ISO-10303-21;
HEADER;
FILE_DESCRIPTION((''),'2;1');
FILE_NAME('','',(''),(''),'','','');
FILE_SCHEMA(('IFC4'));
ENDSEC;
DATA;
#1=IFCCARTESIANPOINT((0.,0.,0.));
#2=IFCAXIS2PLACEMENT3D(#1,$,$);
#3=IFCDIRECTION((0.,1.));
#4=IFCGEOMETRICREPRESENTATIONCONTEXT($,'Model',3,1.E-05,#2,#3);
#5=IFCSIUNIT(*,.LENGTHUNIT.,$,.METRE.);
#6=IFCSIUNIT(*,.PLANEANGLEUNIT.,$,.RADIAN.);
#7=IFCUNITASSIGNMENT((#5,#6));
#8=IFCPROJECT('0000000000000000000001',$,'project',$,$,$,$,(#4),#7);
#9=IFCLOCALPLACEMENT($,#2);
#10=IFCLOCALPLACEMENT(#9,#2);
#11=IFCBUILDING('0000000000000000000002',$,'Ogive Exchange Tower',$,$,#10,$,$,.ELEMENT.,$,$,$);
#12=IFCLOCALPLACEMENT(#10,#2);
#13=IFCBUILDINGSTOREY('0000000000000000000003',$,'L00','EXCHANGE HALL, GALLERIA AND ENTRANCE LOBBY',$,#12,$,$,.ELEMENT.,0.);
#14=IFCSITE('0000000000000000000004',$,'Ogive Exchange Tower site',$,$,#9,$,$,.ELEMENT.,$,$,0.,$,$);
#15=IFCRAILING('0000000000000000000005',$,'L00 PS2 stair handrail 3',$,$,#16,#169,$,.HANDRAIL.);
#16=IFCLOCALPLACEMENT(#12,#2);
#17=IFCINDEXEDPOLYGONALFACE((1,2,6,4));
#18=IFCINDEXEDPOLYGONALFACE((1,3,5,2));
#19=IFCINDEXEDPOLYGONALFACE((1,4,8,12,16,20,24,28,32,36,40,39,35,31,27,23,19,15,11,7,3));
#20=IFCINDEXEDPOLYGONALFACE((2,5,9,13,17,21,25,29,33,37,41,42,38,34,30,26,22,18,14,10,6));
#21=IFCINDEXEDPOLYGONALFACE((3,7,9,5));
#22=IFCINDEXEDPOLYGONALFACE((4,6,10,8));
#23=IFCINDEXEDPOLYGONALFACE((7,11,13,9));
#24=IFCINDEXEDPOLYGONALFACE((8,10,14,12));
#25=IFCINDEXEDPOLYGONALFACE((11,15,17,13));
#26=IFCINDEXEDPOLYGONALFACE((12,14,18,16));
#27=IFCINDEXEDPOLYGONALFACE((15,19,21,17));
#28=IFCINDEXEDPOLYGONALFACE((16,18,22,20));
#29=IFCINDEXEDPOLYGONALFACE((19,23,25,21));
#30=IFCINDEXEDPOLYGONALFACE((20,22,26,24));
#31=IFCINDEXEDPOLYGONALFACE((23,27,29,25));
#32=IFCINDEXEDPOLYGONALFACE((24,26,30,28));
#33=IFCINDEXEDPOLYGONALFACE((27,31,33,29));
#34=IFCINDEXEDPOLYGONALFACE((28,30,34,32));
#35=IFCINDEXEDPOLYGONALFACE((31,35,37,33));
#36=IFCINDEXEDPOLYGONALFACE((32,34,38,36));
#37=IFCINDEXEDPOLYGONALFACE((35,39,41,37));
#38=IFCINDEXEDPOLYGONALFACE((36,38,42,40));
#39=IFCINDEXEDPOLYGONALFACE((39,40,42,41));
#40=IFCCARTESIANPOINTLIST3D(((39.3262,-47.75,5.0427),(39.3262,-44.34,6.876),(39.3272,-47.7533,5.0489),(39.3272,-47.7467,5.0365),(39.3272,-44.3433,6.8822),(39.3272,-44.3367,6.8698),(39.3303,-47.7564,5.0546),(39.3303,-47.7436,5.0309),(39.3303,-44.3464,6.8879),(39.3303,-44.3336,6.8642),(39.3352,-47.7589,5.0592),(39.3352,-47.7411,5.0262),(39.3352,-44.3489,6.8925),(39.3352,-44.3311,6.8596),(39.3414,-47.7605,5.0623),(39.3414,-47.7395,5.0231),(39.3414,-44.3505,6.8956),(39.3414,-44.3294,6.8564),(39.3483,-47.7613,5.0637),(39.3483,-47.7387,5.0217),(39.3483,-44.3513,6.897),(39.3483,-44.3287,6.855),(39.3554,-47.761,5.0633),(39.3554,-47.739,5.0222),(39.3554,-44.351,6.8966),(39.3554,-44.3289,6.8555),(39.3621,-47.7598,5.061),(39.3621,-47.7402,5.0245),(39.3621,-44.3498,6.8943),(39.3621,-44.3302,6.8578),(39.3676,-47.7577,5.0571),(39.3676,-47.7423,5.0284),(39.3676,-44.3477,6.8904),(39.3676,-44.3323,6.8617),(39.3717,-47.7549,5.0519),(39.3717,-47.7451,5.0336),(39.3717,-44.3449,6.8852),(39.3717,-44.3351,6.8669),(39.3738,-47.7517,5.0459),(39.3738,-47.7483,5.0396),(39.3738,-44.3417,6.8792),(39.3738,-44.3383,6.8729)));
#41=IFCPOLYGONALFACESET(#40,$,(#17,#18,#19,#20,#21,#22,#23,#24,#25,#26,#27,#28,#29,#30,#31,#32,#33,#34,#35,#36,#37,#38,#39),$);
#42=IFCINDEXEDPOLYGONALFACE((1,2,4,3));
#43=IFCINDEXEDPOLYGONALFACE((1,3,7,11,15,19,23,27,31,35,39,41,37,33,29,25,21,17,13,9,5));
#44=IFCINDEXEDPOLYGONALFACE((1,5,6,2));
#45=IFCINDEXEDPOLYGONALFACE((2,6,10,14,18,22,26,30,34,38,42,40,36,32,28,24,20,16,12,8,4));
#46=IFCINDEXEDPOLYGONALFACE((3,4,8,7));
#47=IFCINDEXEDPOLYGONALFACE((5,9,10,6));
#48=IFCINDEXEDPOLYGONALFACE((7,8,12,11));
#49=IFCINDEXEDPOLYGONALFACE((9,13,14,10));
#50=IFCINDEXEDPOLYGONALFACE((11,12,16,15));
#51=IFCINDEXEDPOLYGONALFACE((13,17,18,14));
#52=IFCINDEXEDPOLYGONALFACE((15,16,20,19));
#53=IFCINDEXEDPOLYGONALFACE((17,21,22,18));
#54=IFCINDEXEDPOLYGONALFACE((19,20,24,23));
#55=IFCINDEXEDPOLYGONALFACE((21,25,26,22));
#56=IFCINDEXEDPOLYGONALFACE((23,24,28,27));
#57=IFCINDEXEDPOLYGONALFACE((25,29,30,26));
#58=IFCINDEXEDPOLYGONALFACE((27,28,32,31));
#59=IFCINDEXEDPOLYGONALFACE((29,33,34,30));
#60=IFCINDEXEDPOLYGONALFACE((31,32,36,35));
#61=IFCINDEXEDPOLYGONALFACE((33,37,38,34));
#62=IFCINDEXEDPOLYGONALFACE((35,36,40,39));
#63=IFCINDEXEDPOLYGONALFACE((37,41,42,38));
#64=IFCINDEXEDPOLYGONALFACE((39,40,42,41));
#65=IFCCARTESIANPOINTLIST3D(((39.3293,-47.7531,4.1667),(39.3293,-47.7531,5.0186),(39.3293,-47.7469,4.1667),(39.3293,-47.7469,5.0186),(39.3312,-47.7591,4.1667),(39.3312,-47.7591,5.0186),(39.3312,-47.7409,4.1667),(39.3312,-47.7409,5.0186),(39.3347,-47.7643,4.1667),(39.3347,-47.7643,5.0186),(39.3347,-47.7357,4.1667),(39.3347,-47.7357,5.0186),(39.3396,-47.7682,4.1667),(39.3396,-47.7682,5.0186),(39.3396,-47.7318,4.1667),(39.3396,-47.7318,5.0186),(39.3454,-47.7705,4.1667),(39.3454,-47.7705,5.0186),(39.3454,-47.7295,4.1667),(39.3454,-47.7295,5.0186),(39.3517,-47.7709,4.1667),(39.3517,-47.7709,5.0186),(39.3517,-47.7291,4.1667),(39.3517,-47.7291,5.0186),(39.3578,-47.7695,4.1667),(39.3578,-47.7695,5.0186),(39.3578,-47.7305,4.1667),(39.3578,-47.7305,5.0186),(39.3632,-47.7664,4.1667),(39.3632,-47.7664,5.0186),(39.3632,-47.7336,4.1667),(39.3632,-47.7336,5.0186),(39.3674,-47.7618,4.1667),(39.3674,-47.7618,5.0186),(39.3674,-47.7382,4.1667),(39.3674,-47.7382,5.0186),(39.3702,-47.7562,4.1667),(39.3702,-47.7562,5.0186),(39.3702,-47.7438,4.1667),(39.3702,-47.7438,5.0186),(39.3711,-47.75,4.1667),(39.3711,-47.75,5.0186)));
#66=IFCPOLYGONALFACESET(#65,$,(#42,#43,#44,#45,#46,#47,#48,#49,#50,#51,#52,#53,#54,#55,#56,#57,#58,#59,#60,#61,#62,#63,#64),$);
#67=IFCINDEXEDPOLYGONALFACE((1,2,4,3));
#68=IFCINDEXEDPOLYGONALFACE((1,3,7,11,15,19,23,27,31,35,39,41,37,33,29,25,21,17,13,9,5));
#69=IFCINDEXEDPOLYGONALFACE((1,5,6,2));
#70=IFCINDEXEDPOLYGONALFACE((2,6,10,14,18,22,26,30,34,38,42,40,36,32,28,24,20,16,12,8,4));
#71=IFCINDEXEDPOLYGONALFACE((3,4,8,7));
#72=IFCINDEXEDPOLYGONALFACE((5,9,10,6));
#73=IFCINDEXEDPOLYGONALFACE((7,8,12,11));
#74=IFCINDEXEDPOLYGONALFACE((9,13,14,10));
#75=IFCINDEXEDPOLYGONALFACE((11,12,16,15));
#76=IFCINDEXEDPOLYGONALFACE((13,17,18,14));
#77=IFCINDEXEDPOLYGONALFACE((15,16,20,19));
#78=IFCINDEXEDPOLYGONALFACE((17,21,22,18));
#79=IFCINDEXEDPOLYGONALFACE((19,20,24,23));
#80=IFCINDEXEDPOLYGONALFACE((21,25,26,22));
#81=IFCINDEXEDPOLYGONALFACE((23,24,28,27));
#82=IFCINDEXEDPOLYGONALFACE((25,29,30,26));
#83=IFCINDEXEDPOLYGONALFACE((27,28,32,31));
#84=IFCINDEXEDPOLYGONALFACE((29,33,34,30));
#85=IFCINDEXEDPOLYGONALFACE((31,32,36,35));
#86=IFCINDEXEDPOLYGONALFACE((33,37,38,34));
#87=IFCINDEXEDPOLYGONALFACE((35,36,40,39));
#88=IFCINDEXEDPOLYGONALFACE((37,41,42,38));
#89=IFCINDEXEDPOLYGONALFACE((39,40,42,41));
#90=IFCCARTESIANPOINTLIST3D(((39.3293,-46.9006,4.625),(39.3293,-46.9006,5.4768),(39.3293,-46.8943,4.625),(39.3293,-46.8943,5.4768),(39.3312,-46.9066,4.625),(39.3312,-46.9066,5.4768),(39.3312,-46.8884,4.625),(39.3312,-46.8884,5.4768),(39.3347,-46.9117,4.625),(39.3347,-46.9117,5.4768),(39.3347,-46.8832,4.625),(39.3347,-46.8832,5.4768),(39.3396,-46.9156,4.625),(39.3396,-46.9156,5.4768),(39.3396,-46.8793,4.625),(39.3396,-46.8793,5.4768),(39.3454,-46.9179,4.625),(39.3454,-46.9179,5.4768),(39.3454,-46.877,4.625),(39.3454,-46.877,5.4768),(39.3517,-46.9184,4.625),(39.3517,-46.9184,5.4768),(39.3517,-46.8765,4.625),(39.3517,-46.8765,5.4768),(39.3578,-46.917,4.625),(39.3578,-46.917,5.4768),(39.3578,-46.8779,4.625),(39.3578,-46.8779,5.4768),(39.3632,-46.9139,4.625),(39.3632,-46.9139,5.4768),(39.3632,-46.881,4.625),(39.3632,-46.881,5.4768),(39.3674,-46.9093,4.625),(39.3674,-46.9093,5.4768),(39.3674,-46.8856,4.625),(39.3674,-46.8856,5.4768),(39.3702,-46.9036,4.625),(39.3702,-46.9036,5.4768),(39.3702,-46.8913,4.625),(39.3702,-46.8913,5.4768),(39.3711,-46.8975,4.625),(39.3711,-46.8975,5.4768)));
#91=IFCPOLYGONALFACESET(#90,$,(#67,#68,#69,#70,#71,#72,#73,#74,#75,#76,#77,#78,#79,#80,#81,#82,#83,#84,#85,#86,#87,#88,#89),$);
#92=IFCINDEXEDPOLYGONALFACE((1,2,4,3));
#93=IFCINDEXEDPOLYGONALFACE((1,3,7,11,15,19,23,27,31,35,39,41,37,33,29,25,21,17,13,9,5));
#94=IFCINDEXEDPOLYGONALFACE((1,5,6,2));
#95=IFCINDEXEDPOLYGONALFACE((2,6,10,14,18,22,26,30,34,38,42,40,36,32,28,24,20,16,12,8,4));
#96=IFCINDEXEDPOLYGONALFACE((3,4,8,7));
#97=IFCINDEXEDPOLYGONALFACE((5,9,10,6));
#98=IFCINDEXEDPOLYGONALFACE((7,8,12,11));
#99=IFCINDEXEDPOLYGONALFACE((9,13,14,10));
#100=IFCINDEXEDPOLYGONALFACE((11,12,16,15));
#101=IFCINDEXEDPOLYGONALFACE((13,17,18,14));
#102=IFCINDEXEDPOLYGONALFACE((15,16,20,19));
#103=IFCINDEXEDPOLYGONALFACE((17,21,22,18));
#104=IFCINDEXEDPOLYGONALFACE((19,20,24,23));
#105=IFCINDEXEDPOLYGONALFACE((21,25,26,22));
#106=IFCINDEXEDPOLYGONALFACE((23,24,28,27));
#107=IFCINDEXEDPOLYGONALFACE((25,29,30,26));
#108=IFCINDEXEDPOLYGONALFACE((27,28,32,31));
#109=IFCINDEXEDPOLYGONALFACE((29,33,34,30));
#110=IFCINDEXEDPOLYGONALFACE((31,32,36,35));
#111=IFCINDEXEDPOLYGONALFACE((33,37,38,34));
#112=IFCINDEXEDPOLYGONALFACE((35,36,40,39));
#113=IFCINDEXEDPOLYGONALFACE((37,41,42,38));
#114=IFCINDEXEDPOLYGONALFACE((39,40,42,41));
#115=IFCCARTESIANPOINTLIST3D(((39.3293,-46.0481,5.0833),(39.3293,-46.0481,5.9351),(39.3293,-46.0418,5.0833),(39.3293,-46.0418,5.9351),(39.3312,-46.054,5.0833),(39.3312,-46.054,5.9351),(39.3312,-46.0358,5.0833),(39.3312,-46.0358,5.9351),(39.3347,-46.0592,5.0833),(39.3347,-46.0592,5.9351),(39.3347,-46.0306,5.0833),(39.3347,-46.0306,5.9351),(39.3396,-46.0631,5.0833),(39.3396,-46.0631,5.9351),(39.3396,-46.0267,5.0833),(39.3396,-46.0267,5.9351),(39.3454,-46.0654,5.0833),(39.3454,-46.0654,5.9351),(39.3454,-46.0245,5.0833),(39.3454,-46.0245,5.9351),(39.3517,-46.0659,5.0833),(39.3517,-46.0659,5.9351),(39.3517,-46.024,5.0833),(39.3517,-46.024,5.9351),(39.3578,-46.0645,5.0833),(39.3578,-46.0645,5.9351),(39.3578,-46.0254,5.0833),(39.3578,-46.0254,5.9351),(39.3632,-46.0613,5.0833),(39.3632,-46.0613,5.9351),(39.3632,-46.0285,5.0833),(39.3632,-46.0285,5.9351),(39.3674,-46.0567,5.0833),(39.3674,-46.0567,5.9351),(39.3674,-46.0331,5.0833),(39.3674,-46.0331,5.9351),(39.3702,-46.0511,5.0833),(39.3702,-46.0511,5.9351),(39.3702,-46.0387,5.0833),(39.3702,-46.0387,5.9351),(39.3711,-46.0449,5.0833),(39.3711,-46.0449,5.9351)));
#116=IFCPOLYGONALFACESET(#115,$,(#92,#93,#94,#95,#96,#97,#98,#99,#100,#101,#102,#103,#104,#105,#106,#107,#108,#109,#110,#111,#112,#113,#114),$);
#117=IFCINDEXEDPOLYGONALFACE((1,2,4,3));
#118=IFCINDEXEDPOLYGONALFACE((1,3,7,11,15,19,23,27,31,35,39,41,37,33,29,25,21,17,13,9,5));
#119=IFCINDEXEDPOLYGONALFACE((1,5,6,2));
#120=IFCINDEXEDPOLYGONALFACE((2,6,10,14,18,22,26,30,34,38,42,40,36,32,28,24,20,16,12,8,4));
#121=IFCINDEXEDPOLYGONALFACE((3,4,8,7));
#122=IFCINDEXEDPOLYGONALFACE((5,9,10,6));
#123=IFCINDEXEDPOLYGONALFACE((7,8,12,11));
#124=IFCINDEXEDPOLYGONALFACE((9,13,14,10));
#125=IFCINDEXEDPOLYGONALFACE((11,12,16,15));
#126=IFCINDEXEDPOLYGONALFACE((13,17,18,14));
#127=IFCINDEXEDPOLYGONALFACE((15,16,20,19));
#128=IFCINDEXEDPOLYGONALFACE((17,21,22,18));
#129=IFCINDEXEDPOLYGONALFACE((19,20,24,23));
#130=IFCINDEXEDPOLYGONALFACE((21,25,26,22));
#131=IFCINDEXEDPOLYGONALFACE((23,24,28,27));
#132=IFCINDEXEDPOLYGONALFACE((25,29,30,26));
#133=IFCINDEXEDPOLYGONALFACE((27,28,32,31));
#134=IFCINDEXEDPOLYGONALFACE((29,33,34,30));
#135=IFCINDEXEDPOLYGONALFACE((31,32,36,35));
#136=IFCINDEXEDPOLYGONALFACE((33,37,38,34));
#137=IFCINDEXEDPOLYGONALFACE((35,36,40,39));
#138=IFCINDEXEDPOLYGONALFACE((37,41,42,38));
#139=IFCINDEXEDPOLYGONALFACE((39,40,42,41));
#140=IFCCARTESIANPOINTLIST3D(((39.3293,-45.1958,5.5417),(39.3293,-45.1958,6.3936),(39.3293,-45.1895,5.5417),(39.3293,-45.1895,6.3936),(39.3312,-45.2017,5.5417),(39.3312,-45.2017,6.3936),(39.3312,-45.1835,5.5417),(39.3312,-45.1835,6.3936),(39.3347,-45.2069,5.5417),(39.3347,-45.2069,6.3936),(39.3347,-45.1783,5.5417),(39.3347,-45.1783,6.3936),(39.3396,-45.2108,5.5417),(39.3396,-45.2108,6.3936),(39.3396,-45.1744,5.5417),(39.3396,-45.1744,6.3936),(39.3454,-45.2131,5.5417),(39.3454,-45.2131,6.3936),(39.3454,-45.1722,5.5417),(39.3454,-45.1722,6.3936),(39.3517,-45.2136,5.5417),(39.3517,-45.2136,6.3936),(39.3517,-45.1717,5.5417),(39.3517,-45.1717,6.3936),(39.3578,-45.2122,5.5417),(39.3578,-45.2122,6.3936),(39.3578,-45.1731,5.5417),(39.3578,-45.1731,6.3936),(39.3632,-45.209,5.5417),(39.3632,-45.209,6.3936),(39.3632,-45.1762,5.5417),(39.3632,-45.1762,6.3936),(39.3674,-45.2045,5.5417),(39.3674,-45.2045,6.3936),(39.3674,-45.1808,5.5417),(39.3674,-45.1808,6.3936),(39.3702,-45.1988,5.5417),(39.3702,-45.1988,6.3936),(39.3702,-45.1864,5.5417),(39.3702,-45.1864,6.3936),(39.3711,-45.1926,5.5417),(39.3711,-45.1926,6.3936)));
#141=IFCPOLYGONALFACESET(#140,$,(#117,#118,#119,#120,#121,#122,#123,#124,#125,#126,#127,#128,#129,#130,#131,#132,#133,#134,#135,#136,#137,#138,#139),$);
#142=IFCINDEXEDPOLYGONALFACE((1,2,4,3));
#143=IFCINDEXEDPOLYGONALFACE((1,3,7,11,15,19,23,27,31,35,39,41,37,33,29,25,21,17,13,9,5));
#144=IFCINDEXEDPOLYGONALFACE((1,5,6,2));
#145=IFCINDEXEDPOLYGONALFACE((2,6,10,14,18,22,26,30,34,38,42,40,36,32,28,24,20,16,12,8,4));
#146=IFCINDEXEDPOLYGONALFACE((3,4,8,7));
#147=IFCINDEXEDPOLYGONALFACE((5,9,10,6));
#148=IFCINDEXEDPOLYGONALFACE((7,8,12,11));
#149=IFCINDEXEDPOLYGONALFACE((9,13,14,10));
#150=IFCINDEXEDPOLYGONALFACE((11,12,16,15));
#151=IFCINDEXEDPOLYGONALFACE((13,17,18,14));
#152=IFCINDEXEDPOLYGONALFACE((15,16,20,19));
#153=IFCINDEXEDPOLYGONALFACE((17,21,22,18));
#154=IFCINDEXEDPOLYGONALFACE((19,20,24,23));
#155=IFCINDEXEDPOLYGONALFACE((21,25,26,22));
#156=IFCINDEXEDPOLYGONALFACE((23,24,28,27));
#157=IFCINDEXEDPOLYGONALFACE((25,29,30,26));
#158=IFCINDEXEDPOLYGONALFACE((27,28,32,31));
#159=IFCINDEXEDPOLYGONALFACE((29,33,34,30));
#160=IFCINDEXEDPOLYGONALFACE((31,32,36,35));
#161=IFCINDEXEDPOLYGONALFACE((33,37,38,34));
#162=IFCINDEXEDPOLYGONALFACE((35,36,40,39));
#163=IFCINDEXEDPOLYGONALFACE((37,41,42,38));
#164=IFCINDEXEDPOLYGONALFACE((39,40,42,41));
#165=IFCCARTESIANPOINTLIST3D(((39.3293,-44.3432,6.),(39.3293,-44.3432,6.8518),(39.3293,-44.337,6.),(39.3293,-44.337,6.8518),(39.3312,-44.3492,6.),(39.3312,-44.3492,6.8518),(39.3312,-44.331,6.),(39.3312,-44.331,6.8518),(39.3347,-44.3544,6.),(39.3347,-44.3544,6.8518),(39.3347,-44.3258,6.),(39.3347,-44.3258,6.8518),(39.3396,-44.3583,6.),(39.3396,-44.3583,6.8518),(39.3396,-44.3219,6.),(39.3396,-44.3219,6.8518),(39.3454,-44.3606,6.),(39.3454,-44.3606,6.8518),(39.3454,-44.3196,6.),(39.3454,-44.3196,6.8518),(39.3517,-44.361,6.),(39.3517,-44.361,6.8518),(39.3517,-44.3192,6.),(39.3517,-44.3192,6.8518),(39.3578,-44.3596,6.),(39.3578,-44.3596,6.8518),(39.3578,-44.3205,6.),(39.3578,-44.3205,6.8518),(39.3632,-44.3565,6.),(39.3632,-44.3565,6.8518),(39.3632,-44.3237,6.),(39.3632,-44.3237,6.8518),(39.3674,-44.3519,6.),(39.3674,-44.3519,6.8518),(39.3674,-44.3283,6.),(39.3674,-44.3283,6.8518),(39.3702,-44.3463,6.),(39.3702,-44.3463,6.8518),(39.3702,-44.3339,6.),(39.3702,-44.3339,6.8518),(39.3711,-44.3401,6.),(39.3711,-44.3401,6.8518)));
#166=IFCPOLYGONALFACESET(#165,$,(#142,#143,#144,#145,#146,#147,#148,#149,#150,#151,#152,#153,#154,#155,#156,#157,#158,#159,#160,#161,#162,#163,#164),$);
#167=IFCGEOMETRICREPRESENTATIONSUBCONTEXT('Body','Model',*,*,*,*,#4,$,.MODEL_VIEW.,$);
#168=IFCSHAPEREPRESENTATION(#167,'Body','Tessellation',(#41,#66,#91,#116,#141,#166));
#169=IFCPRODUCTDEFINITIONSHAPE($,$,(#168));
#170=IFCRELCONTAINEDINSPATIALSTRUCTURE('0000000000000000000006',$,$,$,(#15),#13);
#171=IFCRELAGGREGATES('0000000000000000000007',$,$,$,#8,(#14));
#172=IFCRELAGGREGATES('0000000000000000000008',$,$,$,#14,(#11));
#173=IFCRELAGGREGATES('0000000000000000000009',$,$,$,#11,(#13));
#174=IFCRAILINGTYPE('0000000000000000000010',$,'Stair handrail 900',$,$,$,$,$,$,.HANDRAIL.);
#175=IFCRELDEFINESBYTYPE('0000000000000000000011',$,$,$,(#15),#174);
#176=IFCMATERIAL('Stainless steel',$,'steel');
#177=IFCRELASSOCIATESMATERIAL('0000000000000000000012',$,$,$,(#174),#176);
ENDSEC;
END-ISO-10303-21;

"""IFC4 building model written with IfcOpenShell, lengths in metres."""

from ifc_helpers import new_model, si_unit, direction, frame, origin, origin_2d, place, context, subcontext, project, spatial, circle, extrude, material, type_object, element, save


model = new_model("IFC4")

# Units and contexts
model_context = context("Model", 3, precision=1e-05, world=origin(), true_north=direction((0.0, 1.0)))
body_context = subcontext(model_context, "Body", "Model", "MODEL_VIEW")
ifc_project = project(units=[si_unit("LENGTHUNIT", "METRE"), si_unit("PLANEANGLEUNIT", "RADIAN")], contexts=[model_context])

# Site, building, storey
site_placement = place(None, origin())
site = spatial("IfcSite", under=ifc_project, at=site_placement, Name="Ogive Exchange Tower site", CompositionType="ELEMENT", RefElevation=0.0)
building_placement = place(site_placement, origin())
building = spatial("IfcBuilding", under=site, at=building_placement, Name="Ogive Exchange Tower", CompositionType="ELEMENT")
storey_placement = place(building_placement, origin())
storey = spatial("IfcBuildingStorey", under=building, at=storey_placement, Name="L00", Description="EXCHANGE HALL, GALLERIA AND ENTRANCE LOBBY", CompositionType="ELEMENT", Elevation=0.0)

# Railing
ifc_material_1 = material(Name="Stainless steel", Category="steel")
railing_type = type_object("IfcRailingType", Name="Stair handrail 900", PredefinedType="HANDRAIL", material=ifc_material_1)
railing_1_placement = place(storey_placement, frame((39.3501, -47.75, 4.1667)))
element("IfcRailing", 1, at=railing_1_placement, inside=storey, type_object=railing_type, Name="L00 PS2 stair handrail 3", PredefinedType="HANDRAIL", context=body_context, shape_type="SweptSolid", body=[
    extrude(circle(Radius=0.0239, at=origin_2d()), frame((0.0, 0.0, 0.876), z_axis=(0.0, 0.880779, 0.473528), x_axis=(-1.0, 0.0, 0.0)), (0.0, 0.0, 1.0), 3.8716),
    extrude(circle(Radius=0.021, at=origin_2d()), origin(), (0.0, 0.0, 1.0), 0.8518),
    extrude(circle(Radius=0.021, at=origin_2d()), frame((0.0, 0.8525, 0.4583)), (0.0, 0.0, 1.0), 0.8518),
    extrude(circle(Radius=0.021, at=origin_2d()), frame((0.0, 1.7051, 0.9165)), (0.0, 0.0, 1.0), 0.8518),
    extrude(circle(Radius=0.021, at=origin_2d()), frame((0.0, 2.5574, 1.375)), (0.0, 0.0, 1.0), 0.8518),
    extrude(circle(Radius=0.021, at=origin_2d()), frame((0.0, 3.4099, 1.8333)), (0.0, 0.0, 1.0), 0.8518),
])

save(model, "model.ifc")
